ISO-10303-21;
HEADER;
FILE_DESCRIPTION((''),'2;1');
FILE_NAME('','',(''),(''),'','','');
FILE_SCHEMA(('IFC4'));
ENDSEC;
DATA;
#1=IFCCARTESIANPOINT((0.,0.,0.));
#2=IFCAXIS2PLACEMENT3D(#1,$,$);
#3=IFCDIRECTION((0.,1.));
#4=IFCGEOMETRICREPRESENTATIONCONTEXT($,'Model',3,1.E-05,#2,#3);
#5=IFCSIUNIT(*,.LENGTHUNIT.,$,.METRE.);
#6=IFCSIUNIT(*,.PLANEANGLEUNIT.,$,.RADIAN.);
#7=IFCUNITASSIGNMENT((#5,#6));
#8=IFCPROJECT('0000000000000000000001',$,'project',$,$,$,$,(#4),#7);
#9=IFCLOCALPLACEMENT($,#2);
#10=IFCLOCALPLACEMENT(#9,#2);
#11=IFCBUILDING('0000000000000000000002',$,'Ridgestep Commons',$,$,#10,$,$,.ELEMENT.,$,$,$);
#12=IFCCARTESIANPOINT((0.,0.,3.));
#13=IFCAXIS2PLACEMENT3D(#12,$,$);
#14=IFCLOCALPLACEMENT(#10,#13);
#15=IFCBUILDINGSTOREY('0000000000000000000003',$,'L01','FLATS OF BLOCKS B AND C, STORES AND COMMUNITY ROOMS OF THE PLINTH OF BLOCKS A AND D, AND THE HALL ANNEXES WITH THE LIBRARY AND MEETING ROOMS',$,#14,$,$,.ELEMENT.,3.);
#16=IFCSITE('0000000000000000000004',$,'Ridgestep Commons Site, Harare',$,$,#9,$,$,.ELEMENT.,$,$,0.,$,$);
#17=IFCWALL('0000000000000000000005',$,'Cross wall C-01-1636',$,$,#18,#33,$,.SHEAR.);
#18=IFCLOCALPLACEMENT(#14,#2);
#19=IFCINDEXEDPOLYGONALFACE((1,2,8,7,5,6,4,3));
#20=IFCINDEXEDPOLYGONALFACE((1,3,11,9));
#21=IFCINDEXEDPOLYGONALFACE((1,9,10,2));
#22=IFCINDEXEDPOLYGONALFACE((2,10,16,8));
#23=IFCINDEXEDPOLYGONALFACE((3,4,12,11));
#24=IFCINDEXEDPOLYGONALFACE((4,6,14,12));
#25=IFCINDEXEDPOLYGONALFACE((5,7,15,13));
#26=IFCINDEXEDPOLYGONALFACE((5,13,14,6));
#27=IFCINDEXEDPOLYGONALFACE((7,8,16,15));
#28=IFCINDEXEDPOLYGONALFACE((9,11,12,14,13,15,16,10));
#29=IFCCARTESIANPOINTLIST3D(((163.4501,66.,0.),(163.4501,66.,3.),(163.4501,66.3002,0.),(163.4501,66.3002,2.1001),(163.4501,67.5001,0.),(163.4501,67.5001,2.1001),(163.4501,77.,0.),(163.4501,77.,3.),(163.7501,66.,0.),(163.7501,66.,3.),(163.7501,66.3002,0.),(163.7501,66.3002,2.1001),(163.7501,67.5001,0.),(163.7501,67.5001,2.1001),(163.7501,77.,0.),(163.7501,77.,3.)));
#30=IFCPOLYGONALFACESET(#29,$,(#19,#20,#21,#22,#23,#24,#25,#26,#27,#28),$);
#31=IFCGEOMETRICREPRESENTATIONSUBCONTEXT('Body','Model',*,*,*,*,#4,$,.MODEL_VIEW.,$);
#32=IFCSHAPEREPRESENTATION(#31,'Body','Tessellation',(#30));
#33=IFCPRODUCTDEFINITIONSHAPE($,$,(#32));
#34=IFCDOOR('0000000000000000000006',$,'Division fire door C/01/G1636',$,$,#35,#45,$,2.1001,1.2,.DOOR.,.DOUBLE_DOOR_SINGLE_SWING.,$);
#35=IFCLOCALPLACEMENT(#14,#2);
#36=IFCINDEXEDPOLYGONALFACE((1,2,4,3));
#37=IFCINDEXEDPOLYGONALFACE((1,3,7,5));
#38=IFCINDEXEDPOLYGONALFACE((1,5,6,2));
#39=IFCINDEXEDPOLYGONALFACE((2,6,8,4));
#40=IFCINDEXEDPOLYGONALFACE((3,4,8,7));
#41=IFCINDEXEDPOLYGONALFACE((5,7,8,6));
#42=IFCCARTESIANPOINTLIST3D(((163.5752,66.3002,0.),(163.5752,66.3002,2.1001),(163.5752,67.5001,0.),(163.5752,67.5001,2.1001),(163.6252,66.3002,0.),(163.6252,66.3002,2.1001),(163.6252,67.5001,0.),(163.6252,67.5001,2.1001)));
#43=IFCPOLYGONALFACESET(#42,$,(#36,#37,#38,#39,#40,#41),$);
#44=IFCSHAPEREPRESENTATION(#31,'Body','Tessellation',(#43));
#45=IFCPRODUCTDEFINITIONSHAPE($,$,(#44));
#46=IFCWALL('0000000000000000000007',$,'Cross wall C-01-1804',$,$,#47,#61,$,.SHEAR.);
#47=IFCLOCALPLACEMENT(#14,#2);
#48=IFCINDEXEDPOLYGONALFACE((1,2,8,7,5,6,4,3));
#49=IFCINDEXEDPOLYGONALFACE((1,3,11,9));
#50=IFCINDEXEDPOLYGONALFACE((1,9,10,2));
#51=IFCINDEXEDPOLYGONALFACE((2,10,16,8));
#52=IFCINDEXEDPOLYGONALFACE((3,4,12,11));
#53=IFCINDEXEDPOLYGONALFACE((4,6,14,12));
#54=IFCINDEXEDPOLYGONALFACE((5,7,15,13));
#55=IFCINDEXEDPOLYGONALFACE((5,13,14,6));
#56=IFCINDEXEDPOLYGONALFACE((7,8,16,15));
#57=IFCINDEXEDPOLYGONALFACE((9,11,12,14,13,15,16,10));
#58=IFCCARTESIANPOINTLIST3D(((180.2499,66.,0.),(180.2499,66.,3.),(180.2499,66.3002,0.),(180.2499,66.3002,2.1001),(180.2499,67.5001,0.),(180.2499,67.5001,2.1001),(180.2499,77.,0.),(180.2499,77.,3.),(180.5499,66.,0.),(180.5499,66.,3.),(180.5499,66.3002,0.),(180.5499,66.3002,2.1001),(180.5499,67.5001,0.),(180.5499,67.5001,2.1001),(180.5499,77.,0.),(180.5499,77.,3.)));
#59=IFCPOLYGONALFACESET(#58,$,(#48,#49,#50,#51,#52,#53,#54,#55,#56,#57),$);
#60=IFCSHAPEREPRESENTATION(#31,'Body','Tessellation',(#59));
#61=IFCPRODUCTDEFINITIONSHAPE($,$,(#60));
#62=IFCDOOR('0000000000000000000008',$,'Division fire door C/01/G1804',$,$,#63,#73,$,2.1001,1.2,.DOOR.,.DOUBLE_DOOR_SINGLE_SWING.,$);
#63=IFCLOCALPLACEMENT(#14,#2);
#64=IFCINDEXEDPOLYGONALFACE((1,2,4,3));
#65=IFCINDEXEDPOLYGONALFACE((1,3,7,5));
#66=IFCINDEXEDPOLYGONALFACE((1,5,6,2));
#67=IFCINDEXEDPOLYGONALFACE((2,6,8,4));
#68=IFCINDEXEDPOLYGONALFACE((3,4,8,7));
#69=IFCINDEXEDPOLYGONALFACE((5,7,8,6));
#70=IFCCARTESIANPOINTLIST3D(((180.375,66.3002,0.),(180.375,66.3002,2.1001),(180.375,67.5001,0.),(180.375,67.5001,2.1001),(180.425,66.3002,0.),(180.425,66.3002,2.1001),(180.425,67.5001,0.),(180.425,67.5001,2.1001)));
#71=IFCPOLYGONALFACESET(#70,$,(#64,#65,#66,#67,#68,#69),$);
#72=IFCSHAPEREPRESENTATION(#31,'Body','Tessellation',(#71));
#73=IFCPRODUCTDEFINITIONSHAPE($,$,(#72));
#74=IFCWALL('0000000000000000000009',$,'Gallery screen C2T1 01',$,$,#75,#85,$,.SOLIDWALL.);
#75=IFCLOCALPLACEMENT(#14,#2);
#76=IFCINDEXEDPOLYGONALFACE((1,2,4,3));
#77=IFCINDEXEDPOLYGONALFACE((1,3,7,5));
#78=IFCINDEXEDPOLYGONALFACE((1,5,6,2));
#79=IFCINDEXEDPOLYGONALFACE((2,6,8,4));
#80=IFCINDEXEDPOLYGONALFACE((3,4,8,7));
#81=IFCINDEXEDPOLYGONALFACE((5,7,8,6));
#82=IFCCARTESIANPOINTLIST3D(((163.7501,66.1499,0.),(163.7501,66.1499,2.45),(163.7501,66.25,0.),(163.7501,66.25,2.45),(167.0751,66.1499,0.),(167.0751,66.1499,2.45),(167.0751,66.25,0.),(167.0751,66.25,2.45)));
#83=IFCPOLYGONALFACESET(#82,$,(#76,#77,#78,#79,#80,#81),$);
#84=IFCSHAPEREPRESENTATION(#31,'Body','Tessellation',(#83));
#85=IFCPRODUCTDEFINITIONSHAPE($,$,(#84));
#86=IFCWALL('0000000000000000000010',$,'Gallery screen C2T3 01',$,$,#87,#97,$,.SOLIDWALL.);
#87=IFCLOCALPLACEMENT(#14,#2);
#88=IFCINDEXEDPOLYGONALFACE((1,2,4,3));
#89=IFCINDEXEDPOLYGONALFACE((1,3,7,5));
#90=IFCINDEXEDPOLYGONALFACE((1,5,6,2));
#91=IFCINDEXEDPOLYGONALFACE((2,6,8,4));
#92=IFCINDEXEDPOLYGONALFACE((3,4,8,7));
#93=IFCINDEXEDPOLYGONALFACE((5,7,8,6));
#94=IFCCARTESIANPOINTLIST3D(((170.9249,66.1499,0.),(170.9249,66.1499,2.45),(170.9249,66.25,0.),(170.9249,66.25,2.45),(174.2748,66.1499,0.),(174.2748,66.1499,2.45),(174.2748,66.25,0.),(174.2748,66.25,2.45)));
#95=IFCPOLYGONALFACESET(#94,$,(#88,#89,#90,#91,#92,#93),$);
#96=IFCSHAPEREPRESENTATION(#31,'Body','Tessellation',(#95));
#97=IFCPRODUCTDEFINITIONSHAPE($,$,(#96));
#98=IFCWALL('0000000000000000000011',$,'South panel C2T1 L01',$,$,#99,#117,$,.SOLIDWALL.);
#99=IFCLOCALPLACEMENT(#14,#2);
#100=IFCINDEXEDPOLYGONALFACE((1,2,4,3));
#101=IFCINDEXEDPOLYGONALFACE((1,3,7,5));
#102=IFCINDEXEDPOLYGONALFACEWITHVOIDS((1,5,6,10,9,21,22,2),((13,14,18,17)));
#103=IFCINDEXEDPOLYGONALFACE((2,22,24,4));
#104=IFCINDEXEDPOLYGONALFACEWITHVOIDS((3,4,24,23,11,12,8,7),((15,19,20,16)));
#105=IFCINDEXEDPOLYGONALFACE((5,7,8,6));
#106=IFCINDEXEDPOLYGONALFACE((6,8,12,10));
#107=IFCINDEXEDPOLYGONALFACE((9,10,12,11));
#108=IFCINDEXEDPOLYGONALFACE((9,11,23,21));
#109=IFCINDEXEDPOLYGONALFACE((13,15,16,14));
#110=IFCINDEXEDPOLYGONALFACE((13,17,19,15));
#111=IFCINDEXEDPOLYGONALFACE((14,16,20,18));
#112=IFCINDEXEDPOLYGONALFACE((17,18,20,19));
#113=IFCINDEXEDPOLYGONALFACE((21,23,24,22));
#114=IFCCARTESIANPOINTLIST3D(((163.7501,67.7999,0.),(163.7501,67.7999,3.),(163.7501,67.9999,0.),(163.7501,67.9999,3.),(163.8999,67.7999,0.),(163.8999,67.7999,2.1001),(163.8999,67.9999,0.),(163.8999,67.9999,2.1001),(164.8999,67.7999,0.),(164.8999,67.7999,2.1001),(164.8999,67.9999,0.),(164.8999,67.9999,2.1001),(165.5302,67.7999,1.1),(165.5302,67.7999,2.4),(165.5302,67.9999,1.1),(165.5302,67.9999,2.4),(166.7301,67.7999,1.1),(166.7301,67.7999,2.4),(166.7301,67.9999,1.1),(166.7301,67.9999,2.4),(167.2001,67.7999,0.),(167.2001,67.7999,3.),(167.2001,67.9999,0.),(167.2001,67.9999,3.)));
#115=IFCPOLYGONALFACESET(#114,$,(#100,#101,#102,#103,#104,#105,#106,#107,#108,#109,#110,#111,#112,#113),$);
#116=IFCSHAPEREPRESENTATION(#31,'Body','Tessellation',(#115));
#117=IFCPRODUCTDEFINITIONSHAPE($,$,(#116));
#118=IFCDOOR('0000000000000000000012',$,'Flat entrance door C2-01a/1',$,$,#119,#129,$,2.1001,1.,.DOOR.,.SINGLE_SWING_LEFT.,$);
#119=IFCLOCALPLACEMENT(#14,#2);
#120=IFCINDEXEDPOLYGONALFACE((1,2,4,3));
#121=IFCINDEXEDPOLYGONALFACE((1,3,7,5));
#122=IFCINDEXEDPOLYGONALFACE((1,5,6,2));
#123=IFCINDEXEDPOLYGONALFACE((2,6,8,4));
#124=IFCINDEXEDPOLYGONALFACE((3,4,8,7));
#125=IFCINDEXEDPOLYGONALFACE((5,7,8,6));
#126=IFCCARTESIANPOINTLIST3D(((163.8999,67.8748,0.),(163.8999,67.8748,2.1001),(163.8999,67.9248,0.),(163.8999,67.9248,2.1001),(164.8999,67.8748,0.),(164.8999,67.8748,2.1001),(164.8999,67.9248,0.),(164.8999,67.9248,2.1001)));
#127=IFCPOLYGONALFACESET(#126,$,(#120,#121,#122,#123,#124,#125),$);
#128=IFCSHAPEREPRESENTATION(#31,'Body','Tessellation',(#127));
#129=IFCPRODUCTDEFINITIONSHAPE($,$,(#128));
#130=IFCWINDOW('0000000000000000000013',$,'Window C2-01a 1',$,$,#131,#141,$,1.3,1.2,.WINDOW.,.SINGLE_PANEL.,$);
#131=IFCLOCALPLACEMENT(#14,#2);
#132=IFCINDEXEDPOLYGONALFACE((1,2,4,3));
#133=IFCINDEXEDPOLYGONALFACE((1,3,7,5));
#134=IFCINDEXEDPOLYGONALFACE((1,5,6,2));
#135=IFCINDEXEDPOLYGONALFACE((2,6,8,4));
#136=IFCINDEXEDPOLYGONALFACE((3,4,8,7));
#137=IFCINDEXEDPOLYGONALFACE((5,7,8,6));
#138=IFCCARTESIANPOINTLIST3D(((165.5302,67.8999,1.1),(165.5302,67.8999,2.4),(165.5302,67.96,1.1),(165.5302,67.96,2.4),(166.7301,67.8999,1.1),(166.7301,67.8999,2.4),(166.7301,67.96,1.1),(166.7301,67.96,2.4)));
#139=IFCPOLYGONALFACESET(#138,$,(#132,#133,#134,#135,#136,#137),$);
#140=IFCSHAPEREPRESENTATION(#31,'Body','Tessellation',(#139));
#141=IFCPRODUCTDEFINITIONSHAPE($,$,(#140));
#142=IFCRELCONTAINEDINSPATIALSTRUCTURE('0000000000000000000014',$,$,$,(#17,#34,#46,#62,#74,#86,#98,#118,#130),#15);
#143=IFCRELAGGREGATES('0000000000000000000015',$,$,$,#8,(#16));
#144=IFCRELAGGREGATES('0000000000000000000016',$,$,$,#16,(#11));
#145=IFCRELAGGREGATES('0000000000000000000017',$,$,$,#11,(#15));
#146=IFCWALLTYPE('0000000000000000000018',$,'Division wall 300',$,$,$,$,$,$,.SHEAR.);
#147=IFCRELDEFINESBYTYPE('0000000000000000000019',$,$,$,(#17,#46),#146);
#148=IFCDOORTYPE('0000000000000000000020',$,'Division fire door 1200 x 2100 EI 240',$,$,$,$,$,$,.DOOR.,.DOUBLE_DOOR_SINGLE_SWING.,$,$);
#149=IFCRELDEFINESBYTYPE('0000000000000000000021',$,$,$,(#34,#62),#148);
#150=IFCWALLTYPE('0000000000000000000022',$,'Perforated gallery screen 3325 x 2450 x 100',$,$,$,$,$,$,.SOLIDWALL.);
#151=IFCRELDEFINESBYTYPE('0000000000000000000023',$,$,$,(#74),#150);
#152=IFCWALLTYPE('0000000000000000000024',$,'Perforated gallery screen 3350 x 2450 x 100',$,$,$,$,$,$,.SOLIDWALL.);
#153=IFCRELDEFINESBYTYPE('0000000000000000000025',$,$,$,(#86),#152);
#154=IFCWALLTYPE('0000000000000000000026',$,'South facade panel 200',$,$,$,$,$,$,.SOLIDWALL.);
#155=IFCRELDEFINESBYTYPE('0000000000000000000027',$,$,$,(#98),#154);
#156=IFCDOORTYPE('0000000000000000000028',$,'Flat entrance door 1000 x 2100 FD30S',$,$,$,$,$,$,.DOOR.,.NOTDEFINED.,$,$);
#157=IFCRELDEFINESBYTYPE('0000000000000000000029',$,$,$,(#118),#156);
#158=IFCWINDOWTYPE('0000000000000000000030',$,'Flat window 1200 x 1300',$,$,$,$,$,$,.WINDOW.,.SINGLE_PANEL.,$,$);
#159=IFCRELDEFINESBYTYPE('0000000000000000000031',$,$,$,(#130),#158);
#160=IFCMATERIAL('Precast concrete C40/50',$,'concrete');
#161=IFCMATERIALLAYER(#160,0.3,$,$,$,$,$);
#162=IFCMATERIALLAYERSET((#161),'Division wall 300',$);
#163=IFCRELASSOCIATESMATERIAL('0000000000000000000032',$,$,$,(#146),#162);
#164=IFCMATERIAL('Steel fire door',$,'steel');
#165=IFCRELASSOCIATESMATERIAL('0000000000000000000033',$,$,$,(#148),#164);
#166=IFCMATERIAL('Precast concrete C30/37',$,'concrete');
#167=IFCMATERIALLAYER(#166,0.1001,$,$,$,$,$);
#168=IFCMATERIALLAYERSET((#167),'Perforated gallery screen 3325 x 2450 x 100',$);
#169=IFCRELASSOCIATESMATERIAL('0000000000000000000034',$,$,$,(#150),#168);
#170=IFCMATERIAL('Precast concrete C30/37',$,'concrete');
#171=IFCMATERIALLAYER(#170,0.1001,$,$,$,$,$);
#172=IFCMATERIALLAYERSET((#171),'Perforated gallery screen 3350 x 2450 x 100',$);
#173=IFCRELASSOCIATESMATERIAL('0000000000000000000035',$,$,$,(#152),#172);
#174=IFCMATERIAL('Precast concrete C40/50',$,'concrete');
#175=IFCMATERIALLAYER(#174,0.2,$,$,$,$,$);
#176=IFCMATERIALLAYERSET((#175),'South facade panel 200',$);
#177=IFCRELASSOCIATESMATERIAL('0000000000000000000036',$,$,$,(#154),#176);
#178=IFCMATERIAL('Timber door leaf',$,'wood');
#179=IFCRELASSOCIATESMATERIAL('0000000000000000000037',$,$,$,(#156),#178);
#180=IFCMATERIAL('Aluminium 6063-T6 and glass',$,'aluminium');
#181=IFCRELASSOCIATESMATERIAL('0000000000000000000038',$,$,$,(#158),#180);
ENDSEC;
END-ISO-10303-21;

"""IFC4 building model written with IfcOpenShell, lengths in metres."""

from ifc_helpers import new_model, si_unit, direction, frame, frame_2d, origin, place, context, subcontext, project, spatial, rectangle, extrude, material, layer, layer_set, type_object, element, fill, save


model = new_model("IFC4")

# Units and contexts
model_context = context("Model", 3, precision=1e-05, world=origin(), true_north=direction((0.0, 1.0)))
body_context = subcontext(model_context, "Body", "Model", "MODEL_VIEW")
ifc_project = project(units=[si_unit("LENGTHUNIT", "METRE"), si_unit("PLANEANGLEUNIT", "RADIAN")], contexts=[model_context])

# Site, building, storey
site_placement = place(None, origin())
site = spatial("IfcSite", under=ifc_project, at=site_placement, Name="Ridgestep Commons Site, Harare", CompositionType="ELEMENT", RefElevation=0.0)
building_placement = place(site_placement, origin())
building = spatial("IfcBuilding", under=site, at=building_placement, Name="Ridgestep Commons", CompositionType="ELEMENT")
storey_placement = place(building_placement, frame((0.0, 0.0, 3.0)))
storey = spatial("IfcBuildingStorey", under=building, at=storey_placement, Name="L01", Description="FLATS OF BLOCKS B AND C, STORES AND COMMUNITY ROOMS OF THE PLINTH OF BLOCKS A AND D, AND THE HALL ANNEXES WITH THE LIBRARY AND MEETING ROOMS", CompositionType="ELEMENT", Elevation=3.0)

# Walls, openings, doors
ifc_material_1 = material(Name="Precast concrete C40/50", Category="concrete")
ifc_layer_1 = layer(ifc_material_1, 0.3)
ifc_layer_set_1 = layer_set([ifc_layer_1], Name="Division wall 300")
wall_type_1 = type_object("IfcWallType", Name="Division wall 300", PredefinedType="SHEAR", material=ifc_layer_set_1)
wall_1_placement = place(storey_placement, frame((163.6001, 66.0, 0.0), z_axis=(0.0, 0.0, 1.0), x_axis=(0.0, 1.0, 0.0)))
wall_1 = element("IfcWall", 1, at=wall_1_placement, inside=storey, type_object=wall_type_1, Name="Cross wall C-01-1636", PredefinedType="SHEAR", context=body_context, shape_type="SweptSolid", body=[
    extrude(rectangle(XDim=11.0, YDim=0.3, at=frame_2d((5.5, 0.0))), origin(), (0.0, 0.0, 1.0), 3.0),
])
opening_1_placement = place(wall_1_placement, frame((0.3, 0.0, 0.0)))
opening_1 = element("IfcOpeningElement", 2, at=opening_1_placement, cuts=wall_1, PredefinedType="OPENING", context=body_context, shape_type="SweptSolid", body=[
    extrude(rectangle(XDim=1.2, YDim=2.1001, at=frame_2d((0.6001, 1.05))), frame((0.0, 0.1599, 0.0), z_axis=(0.0, -1.0, 0.0), x_axis=(1.0, 0.0, 0.0)), (0.0, 0.0, 1.0), 0.3201),
])
ifc_material_2 = material(Name="Steel fire door", Category="steel")
door_type_1 = type_object("IfcDoorType", Name="Division fire door 1200 x 2100 EI 240", OperationType="DOUBLE_DOOR_SINGLE_SWING", PredefinedType="DOOR", material=ifc_material_2)
door_1_placement = place(opening_1_placement, origin())
door_1 = element("IfcDoor", 3, at=door_1_placement, inside=storey, type_object=door_type_1, Name="Division fire door C/01/G1636", OperationType="DOUBLE_DOOR_SINGLE_SWING", OverallHeight=2.1001, OverallWidth=1.2, PredefinedType="DOOR", context=body_context, shape_type="SweptSolid", body=[
    extrude(rectangle(XDim=1.2, YDim=2.1001, at=frame_2d((0.6001, 1.05))), frame((0.0, 0.0249, 0.0), z_axis=(0.0, -1.0, 0.0), x_axis=(1.0, 0.0, 0.0)), (0.0, 0.0, 1.0), 0.05),
])
fill(opening_1, door_1)
wall_2_placement = place(storey_placement, frame((180.3999, 66.0, 0.0), z_axis=(0.0, 0.0, 1.0), x_axis=(0.0, 1.0, 0.0)))
wall_2 = element("IfcWall", 4, at=wall_2_placement, inside=storey, type_object=wall_type_1, Name="Cross wall C-01-1804", PredefinedType="SHEAR", context=body_context, shape_type="SweptSolid", body=[
    extrude(rectangle(XDim=11.0, YDim=0.3, at=frame_2d((5.5, 0.0))), origin(), (0.0, 0.0, 1.0), 3.0),
])
opening_2_placement = place(wall_2_placement, frame((0.3, 0.0, 0.0)))
opening_2 = element("IfcOpeningElement", 5, at=opening_2_placement, cuts=wall_2, PredefinedType="OPENING", context=body_context, shape_type="SweptSolid", body=[
    extrude(rectangle(XDim=1.2, YDim=2.1001, at=frame_2d((0.6001, 1.05))), frame((0.0, 0.1599, 0.0), z_axis=(0.0, -1.0, 0.0), x_axis=(1.0, 0.0, 0.0)), (0.0, 0.0, 1.0), 0.3201),
])
door_2_placement = place(opening_2_placement, origin())
door_2 = element("IfcDoor", 6, at=door_2_placement, inside=storey, type_object=door_type_1, Name="Division fire door C/01/G1804", OperationType="DOUBLE_DOOR_SINGLE_SWING", OverallHeight=2.1001, OverallWidth=1.2, PredefinedType="DOOR", context=body_context, shape_type="SweptSolid", body=[
    extrude(rectangle(XDim=1.2, YDim=2.1001, at=frame_2d((0.6001, 1.05))), frame((0.0, 0.0249, 0.0), z_axis=(0.0, -1.0, 0.0), x_axis=(1.0, 0.0, 0.0)), (0.0, 0.0, 1.0), 0.05),
])
fill(opening_2, door_2)

# Walls
ifc_material_3 = material(Name="Precast concrete C30/37", Category="concrete")
ifc_layer_2 = layer(ifc_material_3, 0.1001)
ifc_layer_set_2 = layer_set([ifc_layer_2], Name="Perforated gallery screen 3325 x 2450 x 100")
wall_type_2 = type_object("IfcWallType", Name="Perforated gallery screen 3325 x 2450 x 100", PredefinedType="SOLIDWALL", material=ifc_layer_set_2)
wall_3_placement = place(storey_placement, frame((163.75, 66.2, 0.0), z_axis=(0.0, 0.0, 1.0), x_axis=(1.0, 0.0, 0.0)))
element("IfcWall", 7, at=wall_3_placement, inside=storey, type_object=wall_type_2, Name="Gallery screen C2T1 01", PredefinedType="SOLIDWALL", context=body_context, shape_type="SweptSolid", body=[
    extrude(rectangle(XDim=3.325, YDim=0.1001, at=frame_2d((1.6626, 0.0))), origin(), (0.0, 0.0, 1.0), 2.45),
])
ifc_material_4 = material(Name="Precast concrete C30/37", Category="concrete")
ifc_layer_3 = layer(ifc_material_4, 0.1001)
ifc_layer_set_3 = layer_set([ifc_layer_3], Name="Perforated gallery screen 3350 x 2450 x 100")
wall_type_3 = type_object("IfcWallType", Name="Perforated gallery screen 3350 x 2450 x 100", PredefinedType="SOLIDWALL", material=ifc_layer_set_3)
wall_4_placement = place(storey_placement, frame((170.925, 66.2, 0.0), z_axis=(0.0, 0.0, 1.0), x_axis=(1.0, 0.0, 0.0)))
element("IfcWall", 8, at=wall_4_placement, inside=storey, type_object=wall_type_3, Name="Gallery screen C2T3 01", PredefinedType="SOLIDWALL", context=body_context, shape_type="SweptSolid", body=[
    extrude(rectangle(XDim=3.3499, YDim=0.1001, at=frame_2d((1.6748, 0.0))), origin(), (0.0, 0.0, 1.0), 2.45),
])

# Wall, openings, door, window
ifc_material_5 = material(Name="Precast concrete C40/50", Category="concrete")
ifc_layer_4 = layer(ifc_material_5, 0.2)
ifc_layer_set_4 = layer_set([ifc_layer_4], Name="South facade panel 200")
wall_type_4 = type_object("IfcWallType", Name="South facade panel 200", PredefinedType="SOLIDWALL", material=ifc_layer_set_4)
wall_5_placement = place(storey_placement, frame((163.75, 67.8999, 0.0), z_axis=(0.0, 0.0, 1.0), x_axis=(1.0, 0.0, 0.0)))
wall_5 = element("IfcWall", 9, at=wall_5_placement, inside=storey, type_object=wall_type_4, Name="South panel C2T1 L01", PredefinedType="SOLIDWALL", context=body_context, shape_type="SweptSolid", body=[
    extrude(rectangle(XDim=3.45, YDim=0.2, at=frame_2d((1.7251, 0.0))), origin(), (0.0, 0.0, 1.0), 3.0),
])
opening_3_placement = place(wall_5_placement, frame((1.78, 0.0, 1.1001)))
opening_3 = element("IfcOpeningElement", 10, at=opening_3_placement, cuts=wall_5, PredefinedType="OPENING", context=body_context, shape_type="SweptSolid", body=[
    extrude(rectangle(XDim=1.2, YDim=1.3, at=frame_2d((0.6001, 0.6499))), frame((0.0, 0.1099, 0.0), z_axis=(0.0, -1.0, 0.0), x_axis=(1.0, 0.0, 0.0)), (0.0, 0.0, 1.0), 0.22),
])
opening_4_placement = place(wall_5_placement, frame((0.1499, 0.0, 0.0)))
opening_4 = element("IfcOpeningElement", 11, at=opening_4_placement, cuts=wall_5, PredefinedType="OPENING", context=body_context, shape_type="SweptSolid", body=[
    extrude(rectangle(XDim=1.0, YDim=2.1001, at=frame_2d((0.5, 1.05))), frame((0.0, 0.1099, 0.0), z_axis=(0.0, -1.0, 0.0), x_axis=(1.0, 0.0, 0.0)), (0.0, 0.0, 1.0), 0.22),
])
ifc_material_6 = material(Name="Timber door leaf", Category="wood")
door_type_2 = type_object("IfcDoorType", Name="Flat entrance door 1000 x 2100 FD30S", OperationType="NOTDEFINED", PredefinedType="DOOR", material=ifc_material_6)
door_3_placement = place(opening_4_placement, origin())
door_3 = element("IfcDoor", 12, at=door_3_placement, inside=storey, type_object=door_type_2, Name="Flat entrance door C2-01a/1", OperationType="SINGLE_SWING_LEFT", OverallHeight=2.1001, OverallWidth=1.0, PredefinedType="DOOR", context=body_context, shape_type="SweptSolid", body=[
    extrude(rectangle(XDim=1.0, YDim=2.1001, at=frame_2d((0.5, 1.05))), frame((0.0, 0.0249, 0.0), z_axis=(0.0, -1.0, 0.0), x_axis=(1.0, 0.0, 0.0)), (0.0, 0.0, 1.0), 0.05),
])
fill(opening_4, door_3)
ifc_material_7 = material(Name="Aluminium 6063-T6 and glass", Category="aluminium")
window_type_1 = type_object("IfcWindowType", Name="Flat window 1200 x 1300", PartitioningType="SINGLE_PANEL", PredefinedType="WINDOW", material=ifc_material_7)
window_1_placement = place(opening_3_placement, origin())
window_1 = element("IfcWindow", 13, at=window_1_placement, inside=storey, type_object=window_type_1, Name="Window C2-01a 1", OverallHeight=1.3, OverallWidth=1.2, PartitioningType="SINGLE_PANEL", PredefinedType="WINDOW", context=body_context, shape_type="SweptSolid", body=[
    extrude(rectangle(XDim=1.2, YDim=1.3, at=frame_2d((0.6001, 0.6499))), frame((0.0, 0.0601, 0.0), z_axis=(0.0, -1.0, 0.0), x_axis=(1.0, 0.0, 0.0)), (0.0, 0.0, 1.0), 0.0601),
])
fill(opening_3, window_1)

save(model, "model.ifc")
